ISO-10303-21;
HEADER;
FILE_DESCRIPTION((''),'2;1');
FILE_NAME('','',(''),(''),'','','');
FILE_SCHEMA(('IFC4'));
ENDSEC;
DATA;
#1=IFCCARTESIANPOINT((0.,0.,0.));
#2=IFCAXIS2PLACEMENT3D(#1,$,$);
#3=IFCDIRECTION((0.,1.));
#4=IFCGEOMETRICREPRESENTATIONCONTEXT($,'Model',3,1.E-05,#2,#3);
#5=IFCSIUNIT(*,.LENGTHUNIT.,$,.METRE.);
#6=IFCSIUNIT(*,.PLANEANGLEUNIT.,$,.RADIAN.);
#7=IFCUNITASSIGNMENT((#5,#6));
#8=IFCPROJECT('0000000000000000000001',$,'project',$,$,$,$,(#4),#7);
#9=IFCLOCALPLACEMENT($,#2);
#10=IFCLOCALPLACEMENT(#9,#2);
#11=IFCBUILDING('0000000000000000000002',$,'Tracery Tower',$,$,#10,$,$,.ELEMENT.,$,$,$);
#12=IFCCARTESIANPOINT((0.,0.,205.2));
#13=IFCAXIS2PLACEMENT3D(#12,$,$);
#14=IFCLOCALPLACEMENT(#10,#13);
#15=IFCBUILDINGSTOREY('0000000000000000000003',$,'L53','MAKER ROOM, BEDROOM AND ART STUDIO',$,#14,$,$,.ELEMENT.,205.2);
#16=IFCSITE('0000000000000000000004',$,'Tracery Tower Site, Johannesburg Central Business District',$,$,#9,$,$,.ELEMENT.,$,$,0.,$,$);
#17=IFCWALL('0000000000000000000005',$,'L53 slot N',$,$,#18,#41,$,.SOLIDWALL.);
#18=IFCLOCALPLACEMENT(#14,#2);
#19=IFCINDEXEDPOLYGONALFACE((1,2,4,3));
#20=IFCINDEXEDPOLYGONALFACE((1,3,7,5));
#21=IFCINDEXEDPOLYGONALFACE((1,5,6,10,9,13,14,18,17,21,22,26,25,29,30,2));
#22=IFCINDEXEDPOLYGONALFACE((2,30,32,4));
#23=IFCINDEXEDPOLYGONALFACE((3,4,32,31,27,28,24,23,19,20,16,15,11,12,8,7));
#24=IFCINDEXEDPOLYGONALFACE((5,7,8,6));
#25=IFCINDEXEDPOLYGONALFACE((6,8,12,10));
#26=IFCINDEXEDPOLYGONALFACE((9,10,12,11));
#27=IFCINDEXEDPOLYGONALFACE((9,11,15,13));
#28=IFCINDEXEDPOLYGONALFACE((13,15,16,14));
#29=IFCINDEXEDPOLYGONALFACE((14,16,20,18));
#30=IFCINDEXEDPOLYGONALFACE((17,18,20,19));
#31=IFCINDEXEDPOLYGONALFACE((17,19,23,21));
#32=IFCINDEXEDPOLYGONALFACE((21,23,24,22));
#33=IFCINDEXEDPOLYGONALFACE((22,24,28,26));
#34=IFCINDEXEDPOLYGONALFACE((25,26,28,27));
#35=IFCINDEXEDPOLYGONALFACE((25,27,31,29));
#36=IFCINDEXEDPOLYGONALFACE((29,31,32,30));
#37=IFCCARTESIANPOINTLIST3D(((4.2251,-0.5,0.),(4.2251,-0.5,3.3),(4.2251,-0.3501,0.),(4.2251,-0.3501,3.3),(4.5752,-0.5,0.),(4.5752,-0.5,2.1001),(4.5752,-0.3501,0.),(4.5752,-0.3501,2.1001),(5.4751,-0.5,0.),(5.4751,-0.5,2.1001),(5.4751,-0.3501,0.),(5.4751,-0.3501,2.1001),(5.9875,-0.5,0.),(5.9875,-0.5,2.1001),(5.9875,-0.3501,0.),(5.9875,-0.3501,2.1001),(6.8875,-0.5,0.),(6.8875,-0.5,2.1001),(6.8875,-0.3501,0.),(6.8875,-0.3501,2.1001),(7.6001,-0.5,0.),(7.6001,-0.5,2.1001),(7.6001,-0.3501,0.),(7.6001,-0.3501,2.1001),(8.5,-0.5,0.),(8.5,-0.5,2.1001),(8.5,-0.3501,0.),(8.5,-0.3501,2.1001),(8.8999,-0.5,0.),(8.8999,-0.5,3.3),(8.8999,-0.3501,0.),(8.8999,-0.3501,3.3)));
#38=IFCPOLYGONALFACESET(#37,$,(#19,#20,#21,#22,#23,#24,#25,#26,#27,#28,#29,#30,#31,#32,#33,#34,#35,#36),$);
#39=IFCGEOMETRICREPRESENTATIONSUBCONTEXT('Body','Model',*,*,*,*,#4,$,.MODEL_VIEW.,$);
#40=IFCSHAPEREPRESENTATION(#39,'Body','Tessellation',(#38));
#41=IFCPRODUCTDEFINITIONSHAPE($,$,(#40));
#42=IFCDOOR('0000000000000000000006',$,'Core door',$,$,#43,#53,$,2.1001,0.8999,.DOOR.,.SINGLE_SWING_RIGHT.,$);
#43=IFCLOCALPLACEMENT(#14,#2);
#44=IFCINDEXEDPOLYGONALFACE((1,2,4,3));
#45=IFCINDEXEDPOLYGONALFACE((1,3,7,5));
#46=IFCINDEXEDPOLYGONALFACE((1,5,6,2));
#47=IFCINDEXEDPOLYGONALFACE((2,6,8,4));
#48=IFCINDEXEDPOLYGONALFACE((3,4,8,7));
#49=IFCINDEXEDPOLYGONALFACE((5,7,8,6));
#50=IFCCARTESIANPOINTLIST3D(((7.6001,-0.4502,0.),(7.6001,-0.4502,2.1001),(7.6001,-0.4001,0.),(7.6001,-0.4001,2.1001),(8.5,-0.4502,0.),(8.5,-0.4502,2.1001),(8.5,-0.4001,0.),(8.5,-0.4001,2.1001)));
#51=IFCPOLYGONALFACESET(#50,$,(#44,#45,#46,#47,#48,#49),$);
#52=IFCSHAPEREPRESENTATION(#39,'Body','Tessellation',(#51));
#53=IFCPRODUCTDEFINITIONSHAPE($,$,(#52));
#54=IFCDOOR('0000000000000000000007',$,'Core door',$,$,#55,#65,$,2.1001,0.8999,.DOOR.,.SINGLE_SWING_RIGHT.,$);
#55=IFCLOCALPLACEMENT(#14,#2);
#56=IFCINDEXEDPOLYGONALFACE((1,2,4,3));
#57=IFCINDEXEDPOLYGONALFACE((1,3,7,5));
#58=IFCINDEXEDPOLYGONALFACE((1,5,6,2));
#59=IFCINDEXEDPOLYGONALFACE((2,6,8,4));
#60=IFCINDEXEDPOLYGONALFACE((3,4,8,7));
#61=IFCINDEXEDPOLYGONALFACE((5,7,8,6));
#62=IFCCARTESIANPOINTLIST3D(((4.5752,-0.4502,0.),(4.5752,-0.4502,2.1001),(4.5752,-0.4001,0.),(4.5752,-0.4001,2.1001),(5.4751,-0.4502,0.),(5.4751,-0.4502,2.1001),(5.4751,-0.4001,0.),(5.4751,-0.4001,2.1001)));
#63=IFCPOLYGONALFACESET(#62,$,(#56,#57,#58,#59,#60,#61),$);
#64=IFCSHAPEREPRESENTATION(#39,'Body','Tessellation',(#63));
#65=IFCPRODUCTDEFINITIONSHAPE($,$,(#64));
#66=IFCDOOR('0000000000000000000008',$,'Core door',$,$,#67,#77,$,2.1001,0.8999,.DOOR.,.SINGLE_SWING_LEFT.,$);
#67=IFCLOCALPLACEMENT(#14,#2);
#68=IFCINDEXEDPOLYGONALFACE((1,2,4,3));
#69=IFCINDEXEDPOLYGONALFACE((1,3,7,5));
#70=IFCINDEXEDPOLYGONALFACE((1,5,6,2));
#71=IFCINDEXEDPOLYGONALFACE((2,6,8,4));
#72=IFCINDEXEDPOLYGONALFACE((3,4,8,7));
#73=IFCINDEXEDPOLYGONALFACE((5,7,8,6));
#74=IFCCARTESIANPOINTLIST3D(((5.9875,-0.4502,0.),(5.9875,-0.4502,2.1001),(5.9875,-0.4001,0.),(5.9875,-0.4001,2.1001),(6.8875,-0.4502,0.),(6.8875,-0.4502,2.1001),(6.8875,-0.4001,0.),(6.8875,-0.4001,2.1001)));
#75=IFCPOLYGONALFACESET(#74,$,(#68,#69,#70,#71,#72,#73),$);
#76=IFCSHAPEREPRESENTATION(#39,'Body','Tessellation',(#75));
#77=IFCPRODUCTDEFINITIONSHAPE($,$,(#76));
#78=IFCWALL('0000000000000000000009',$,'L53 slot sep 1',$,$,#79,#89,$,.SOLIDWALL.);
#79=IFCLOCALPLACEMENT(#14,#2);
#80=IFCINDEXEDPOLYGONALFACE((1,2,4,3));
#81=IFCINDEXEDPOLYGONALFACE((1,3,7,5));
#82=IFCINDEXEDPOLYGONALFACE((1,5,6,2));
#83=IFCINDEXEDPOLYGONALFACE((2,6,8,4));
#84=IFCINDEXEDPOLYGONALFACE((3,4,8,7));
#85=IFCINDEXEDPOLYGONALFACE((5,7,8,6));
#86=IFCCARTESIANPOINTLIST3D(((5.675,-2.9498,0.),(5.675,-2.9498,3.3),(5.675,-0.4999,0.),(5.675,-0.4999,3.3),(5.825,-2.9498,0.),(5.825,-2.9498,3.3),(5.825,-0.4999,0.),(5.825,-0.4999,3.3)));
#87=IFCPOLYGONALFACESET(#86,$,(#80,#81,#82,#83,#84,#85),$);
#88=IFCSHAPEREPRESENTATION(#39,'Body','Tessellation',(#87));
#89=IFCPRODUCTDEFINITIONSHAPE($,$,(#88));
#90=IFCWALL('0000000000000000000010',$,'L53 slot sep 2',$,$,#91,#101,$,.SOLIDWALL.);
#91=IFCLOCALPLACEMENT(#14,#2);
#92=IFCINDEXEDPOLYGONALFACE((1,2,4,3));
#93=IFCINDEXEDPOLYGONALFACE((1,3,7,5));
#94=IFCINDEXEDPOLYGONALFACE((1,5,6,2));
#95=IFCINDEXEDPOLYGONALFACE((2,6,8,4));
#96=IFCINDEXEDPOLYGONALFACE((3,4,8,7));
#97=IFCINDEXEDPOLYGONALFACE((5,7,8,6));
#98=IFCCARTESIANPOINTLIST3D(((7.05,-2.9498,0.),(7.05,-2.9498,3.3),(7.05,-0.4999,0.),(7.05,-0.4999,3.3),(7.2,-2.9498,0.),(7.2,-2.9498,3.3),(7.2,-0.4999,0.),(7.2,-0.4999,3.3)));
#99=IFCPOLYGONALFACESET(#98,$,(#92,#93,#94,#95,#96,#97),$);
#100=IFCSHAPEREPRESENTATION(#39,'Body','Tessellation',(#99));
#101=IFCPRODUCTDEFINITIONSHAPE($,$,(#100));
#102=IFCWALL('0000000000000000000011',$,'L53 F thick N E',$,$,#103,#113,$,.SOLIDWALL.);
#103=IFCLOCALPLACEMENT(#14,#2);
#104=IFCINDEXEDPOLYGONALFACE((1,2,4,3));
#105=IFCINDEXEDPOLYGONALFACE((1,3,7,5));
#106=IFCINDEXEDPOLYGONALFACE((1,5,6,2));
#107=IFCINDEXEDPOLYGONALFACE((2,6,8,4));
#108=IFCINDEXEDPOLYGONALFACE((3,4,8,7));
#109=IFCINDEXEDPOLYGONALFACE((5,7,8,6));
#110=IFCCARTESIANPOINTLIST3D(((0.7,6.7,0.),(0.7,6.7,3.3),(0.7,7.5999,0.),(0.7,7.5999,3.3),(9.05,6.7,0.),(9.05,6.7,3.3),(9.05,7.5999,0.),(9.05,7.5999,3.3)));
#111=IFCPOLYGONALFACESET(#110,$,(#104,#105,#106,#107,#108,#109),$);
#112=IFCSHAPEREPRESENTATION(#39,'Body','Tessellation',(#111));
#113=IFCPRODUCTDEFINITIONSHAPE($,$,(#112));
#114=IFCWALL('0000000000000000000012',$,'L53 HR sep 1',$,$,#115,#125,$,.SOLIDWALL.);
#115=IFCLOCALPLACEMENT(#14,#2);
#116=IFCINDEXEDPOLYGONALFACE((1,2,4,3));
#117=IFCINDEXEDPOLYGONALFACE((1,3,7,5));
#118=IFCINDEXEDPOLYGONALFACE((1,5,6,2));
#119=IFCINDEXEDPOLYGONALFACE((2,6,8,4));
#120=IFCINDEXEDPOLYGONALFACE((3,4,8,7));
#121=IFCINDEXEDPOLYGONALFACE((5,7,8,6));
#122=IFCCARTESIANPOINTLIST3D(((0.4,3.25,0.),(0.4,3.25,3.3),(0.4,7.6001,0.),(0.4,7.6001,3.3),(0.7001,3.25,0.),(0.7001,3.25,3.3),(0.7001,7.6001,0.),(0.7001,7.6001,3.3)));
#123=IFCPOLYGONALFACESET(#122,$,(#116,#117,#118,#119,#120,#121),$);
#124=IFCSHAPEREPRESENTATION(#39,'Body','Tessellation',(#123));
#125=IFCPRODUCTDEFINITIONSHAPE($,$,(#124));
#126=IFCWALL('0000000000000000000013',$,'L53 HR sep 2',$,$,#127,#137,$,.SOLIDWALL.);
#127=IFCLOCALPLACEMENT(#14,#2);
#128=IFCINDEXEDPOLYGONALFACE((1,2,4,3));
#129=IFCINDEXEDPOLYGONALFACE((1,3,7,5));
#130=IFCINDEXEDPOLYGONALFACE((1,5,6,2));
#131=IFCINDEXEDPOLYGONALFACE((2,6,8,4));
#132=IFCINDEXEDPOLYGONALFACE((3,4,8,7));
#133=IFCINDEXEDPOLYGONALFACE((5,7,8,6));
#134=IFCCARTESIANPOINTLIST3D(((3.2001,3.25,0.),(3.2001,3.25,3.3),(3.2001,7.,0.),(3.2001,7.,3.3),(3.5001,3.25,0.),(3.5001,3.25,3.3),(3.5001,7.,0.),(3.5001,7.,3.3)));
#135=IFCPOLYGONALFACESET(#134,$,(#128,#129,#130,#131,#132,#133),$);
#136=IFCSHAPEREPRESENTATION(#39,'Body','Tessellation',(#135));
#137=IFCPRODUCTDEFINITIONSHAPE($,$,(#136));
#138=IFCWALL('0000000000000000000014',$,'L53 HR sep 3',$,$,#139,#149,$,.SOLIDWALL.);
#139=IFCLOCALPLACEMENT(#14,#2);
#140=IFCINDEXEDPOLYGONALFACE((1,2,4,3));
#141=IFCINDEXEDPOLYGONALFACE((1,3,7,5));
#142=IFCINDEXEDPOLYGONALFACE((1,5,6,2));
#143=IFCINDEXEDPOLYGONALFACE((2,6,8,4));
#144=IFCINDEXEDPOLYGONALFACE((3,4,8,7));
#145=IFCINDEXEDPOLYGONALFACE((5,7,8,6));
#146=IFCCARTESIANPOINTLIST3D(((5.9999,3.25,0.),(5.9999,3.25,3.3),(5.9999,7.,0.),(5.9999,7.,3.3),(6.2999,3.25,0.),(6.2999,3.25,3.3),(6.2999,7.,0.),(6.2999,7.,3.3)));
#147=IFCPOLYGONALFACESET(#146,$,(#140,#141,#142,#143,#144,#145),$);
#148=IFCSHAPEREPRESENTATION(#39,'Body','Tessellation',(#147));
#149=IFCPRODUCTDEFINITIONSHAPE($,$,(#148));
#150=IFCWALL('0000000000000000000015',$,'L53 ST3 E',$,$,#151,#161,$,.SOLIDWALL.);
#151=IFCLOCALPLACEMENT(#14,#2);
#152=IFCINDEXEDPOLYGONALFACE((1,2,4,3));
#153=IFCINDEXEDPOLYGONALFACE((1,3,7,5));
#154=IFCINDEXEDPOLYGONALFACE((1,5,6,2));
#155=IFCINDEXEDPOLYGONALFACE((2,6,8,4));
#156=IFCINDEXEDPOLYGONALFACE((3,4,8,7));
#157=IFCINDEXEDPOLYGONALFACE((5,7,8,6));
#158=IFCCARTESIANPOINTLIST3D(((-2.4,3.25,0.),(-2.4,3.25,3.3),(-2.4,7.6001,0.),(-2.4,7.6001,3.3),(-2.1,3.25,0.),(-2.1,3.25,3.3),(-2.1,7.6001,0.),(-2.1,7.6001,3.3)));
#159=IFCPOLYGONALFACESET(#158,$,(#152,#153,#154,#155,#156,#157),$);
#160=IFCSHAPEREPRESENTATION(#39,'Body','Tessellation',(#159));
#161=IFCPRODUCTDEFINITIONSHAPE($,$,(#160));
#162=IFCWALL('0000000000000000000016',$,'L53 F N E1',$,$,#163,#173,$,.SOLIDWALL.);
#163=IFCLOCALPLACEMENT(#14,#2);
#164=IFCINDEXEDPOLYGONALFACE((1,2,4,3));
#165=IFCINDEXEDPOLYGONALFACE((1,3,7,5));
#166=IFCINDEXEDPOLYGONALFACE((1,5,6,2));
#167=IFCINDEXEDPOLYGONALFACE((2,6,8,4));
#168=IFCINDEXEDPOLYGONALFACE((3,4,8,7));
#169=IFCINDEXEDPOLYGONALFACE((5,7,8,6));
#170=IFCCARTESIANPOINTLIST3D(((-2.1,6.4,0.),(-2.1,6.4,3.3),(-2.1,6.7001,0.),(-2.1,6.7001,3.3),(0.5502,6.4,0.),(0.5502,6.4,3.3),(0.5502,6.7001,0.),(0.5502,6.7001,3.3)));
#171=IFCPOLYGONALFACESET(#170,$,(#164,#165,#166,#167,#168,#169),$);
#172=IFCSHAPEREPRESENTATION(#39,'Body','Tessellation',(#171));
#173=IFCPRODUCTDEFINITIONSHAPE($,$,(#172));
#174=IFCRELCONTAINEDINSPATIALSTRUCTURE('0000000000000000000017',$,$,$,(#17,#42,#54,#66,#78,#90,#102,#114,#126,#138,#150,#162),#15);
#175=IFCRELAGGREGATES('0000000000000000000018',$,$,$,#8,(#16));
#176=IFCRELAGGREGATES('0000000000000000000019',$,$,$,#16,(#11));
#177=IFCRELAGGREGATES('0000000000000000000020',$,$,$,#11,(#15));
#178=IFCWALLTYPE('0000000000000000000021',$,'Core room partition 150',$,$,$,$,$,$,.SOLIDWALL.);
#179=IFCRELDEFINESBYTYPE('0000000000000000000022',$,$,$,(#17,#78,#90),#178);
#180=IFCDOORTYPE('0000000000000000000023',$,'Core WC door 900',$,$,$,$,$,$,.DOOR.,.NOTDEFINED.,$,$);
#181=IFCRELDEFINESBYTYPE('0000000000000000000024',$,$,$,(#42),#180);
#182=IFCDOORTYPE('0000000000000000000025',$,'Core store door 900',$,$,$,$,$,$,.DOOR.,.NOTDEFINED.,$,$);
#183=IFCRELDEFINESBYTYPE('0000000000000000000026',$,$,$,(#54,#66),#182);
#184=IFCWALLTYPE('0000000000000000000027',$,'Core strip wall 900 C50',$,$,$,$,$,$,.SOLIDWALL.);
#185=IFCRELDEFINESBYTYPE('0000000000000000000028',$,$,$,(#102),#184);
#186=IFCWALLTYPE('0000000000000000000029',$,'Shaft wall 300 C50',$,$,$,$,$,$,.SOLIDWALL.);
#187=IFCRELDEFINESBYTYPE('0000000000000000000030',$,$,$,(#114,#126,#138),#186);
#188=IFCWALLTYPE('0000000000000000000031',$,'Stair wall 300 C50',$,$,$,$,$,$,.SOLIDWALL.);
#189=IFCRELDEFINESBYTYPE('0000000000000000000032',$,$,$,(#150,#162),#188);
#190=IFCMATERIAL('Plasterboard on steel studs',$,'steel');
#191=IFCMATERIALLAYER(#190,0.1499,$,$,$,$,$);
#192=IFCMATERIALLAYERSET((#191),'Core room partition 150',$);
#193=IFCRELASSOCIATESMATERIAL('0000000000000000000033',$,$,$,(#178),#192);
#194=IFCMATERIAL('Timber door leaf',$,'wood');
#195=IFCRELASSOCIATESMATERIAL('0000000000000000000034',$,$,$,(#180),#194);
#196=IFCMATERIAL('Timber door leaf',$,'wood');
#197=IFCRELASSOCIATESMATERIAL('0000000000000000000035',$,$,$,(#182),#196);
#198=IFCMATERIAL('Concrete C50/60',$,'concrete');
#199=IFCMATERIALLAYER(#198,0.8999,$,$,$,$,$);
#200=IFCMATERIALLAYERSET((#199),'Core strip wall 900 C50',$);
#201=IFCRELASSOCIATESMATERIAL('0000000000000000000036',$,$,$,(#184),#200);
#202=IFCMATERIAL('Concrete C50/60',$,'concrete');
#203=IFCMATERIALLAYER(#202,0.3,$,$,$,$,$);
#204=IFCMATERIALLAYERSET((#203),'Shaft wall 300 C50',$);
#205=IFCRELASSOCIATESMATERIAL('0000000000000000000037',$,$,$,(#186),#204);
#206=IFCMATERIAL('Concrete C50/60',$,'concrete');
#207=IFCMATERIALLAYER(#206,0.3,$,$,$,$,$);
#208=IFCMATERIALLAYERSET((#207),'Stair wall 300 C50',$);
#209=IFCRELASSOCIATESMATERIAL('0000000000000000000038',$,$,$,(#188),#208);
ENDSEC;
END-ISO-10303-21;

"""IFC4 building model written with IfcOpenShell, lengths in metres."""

from ifc_helpers import new_model, si_unit, direction, frame, frame_2d, origin, place, context, subcontext, project, spatial, rectangle, extrude, material, layer, layer_set, type_object, element, fill, save


model = new_model("IFC4")

# Units and contexts
model_context = context("Model", 3, precision=1e-05, world=origin(), true_north=direction((0.0, 1.0)))
body_context = subcontext(model_context, "Body", "Model", "MODEL_VIEW")
ifc_project = project(units=[si_unit("LENGTHUNIT", "METRE"), si_unit("PLANEANGLEUNIT", "RADIAN")], contexts=[model_context])

# Site, building, storey
site_placement = place(None, origin())
site = spatial("IfcSite", under=ifc_project, at=site_placement, Name="Tracery Tower Site, Johannesburg Central Business District", CompositionType="ELEMENT", RefElevation=0.0)
building_placement = place(site_placement, origin())
building = spatial("IfcBuilding", under=site, at=building_placement, Name="Tracery Tower", CompositionType="ELEMENT")
storey_placement = place(building_placement, frame((0.0, 0.0, 205.2)))
storey = spatial("IfcBuildingStorey", under=building, at=storey_placement, Name="L53", Description="MAKER ROOM, BEDROOM AND ART STUDIO", CompositionType="ELEMENT", Elevation=205.2)

# Wall, openings, doors
ifc_material_1 = material(Name="Plasterboard on steel studs", Category="steel")
ifc_layer_1 = layer(ifc_material_1, 0.1499)
ifc_layer_set_1 = layer_set([ifc_layer_1], Name="Core room partition 150")
wall_type_1 = type_object("IfcWallType", Name="Core room partition 150", PredefinedType="SOLIDWALL", material=ifc_layer_set_1)
wall_1_placement = place(storey_placement, frame((4.2251, -0.425, 0.0), z_axis=(0.0, 0.0, 1.0), x_axis=(1.0, 0.0, 0.0)))
wall_1 = element("IfcWall", 1, at=wall_1_placement, inside=storey, type_object=wall_type_1, Name="L53 slot N", PredefinedType="SOLIDWALL", context=body_context, shape_type="SweptSolid", body=[
    extrude(rectangle(XDim=4.6748, YDim=0.1499, at=frame_2d((2.3374, 0.0))), origin(), (0.0, 0.0, 1.0), 3.3),
])
opening_1_placement = place(wall_1_placement, frame((0.3501, 0.0, 0.0)))
opening_1 = element("IfcOpeningElement", 2, at=opening_1_placement, cuts=wall_1, PredefinedType="OPENING", context=body_context, shape_type="SweptSolid", body=[
    extrude(rectangle(XDim=0.8999, YDim=2.1001, at=frame_2d((0.45, 1.05))), frame((0.0, 0.075, 0.0), z_axis=(0.0, -1.0, 0.0), x_axis=(1.0, 0.0, 0.0)), (0.0, 0.0, 1.0), 0.1499),
])
opening_2_placement = place(wall_1_placement, frame((1.7625, 0.0, 0.0)))
opening_2 = element("IfcOpeningElement", 3, at=opening_2_placement, cuts=wall_1, PredefinedType="OPENING", context=body_context, shape_type="SweptSolid", body=[
    extrude(rectangle(XDim=0.8999, YDim=2.1001, at=frame_2d((0.45, 1.05))), frame((0.0, 0.075, 0.0), z_axis=(0.0, -1.0, 0.0), x_axis=(1.0, 0.0, 0.0)), (0.0, 0.0, 1.0), 0.1499),
])
opening_3_placement = place(wall_1_placement, frame((3.375, 0.0, 0.0)))
opening_3 = element("IfcOpeningElement", 4, at=opening_3_placement, cuts=wall_1, PredefinedType="OPENING", context=body_context, shape_type="SweptSolid", body=[
    extrude(rectangle(XDim=0.8999, YDim=2.1001, at=frame_2d((0.45, 1.05))), frame((0.0, 0.075, 0.0), z_axis=(0.0, -1.0, 0.0), x_axis=(1.0, 0.0, 0.0)), (0.0, 0.0, 1.0), 0.1499),
])
ifc_material_2 = material(Name="Timber door leaf", Category="wood")
door_type_1 = type_object("IfcDoorType", Name="Core WC door 900", OperationType="NOTDEFINED", PredefinedType="DOOR", material=ifc_material_2)
door_1_placement = place(opening_3_placement, origin())
door_1 = element("IfcDoor", 5, at=door_1_placement, inside=storey, type_object=door_type_1, Name="Core door", OperationType="SINGLE_SWING_RIGHT", OverallHeight=2.1001, OverallWidth=0.8999, PredefinedType="DOOR", context=body_context, shape_type="SweptSolid", body=[
    extrude(rectangle(XDim=0.8999, YDim=2.1001, at=frame_2d((0.45, 1.05))), frame((0.0, 0.0249, 0.0), z_axis=(0.0, -1.0, 0.0), x_axis=(1.0, 0.0, 0.0)), (0.0, 0.0, 1.0), 0.05),
])
fill(opening_3, door_1)
ifc_material_3 = material(Name="Timber door leaf", Category="wood")
door_type_2 = type_object("IfcDoorType", Name="Core store door 900", OperationType="NOTDEFINED", PredefinedType="DOOR", material=ifc_material_3)
door_2_placement = place(opening_1_placement, origin())
door_2 = element("IfcDoor", 6, at=door_2_placement, inside=storey, type_object=door_type_2, Name="Core door", OperationType="SINGLE_SWING_RIGHT", OverallHeight=2.1001, OverallWidth=0.8999, PredefinedType="DOOR", context=body_context, shape_type="SweptSolid", body=[
    extrude(rectangle(XDim=0.8999, YDim=2.1001, at=frame_2d((0.45, 1.05))), frame((0.0, 0.0249, 0.0), z_axis=(0.0, -1.0, 0.0), x_axis=(1.0, 0.0, 0.0)), (0.0, 0.0, 1.0), 0.05),
])
fill(opening_1, door_2)
door_3_placement = place(opening_2_placement, origin())
door_3 = element("IfcDoor", 7, at=door_3_placement, inside=storey, type_object=door_type_2, Name="Core door", OperationType="SINGLE_SWING_LEFT", OverallHeight=2.1001, OverallWidth=0.8999, PredefinedType="DOOR", context=body_context, shape_type="SweptSolid", body=[
    extrude(rectangle(XDim=0.8999, YDim=2.1001, at=frame_2d((0.45, 1.05))), frame((0.0, 0.0249, 0.0), z_axis=(0.0, -1.0, 0.0), x_axis=(1.0, 0.0, 0.0)), (0.0, 0.0, 1.0), 0.05),
])
fill(opening_2, door_3)

# Walls
for number, where, z_axis, x_axis, name in (
    (8, (5.75, -2.95, 0.0), (0.0, 0.0, 1.0), (0.0, 1.0, 0.0), "L53 slot sep 1"),
    (9, (7.125, -2.95, 0.0), (0.0, 0.0, 1.0), (0.0, 1.0, 0.0), "L53 slot sep 2"),
):
    element("IfcWall", number, at=place(storey_placement, frame(where, z_axis=z_axis, x_axis=x_axis)), inside=storey, type_object=wall_type_1, Name=name, PredefinedType="SOLIDWALL", context=body_context, shape_type="SweptSolid", body=[
        extrude(rectangle(XDim=2.45, YDim=0.1499, at=frame_2d((1.2251, 0.0))), origin(), (0.0, 0.0, 1.0), 3.3),
    ])
ifc_material_4 = material(Name="Concrete C50/60", Category="concrete")
ifc_layer_2 = layer(ifc_material_4, 0.8999)
ifc_layer_set_2 = layer_set([ifc_layer_2], Name="Core strip wall 900 C50")
wall_type_2 = type_object("IfcWallType", Name="Core strip wall 900 C50", PredefinedType="SOLIDWALL", material=ifc_layer_set_2)
wall_2_placement = place(storey_placement, frame((0.7, 7.1499, 0.0), z_axis=(0.0, 0.0, 1.0), x_axis=(1.0, 0.0, 0.0)))
element("IfcWall", 10, at=wall_2_placement, inside=storey, type_object=wall_type_2, Name="L53 F thick N E", PredefinedType="SOLIDWALL", context=body_context, shape_type="SweptSolid", body=[
    extrude(rectangle(XDim=8.3501, YDim=0.8999, at=frame_2d((4.175, 0.0))), origin(), (0.0, 0.0, 1.0), 3.3),
])
ifc_material_5 = material(Name="Concrete C50/60", Category="concrete")
ifc_layer_3 = layer(ifc_material_5, 0.3)
ifc_layer_set_3 = layer_set([ifc_layer_3], Name="Shaft wall 300 C50")
wall_type_3 = type_object("IfcWallType", Name="Shaft wall 300 C50", PredefinedType="SOLIDWALL", material=ifc_layer_set_3)
wall_3_placement = place(storey_placement, frame((0.55, 3.25, 0.0), z_axis=(0.0, 0.0, 1.0), x_axis=(0.0, 1.0, 0.0)))
element("IfcWall", 11, at=wall_3_placement, inside=storey, type_object=wall_type_3, Name="L53 HR sep 1", PredefinedType="SOLIDWALL", context=body_context, shape_type="SweptSolid", body=[
    extrude(rectangle(XDim=4.3501, YDim=0.3, at=frame_2d((2.175, 0.0))), origin(), (0.0, 0.0, 1.0), 3.3),
])
for number, where, z_axis, x_axis, name in (
    (12, (3.3501, 3.25, 0.0), (0.0, 0.0, 1.0), (0.0, 1.0, 0.0), "L53 HR sep 2"),
    (13, (6.1499, 3.25, 0.0), (0.0, 0.0, 1.0), (0.0, 1.0, 0.0), "L53 HR sep 3"),
):
    element("IfcWall", number, at=place(storey_placement, frame(where, z_axis=z_axis, x_axis=x_axis)), inside=storey, type_object=wall_type_3, Name=name, PredefinedType="SOLIDWALL", context=body_context, shape_type="SweptSolid", body=[
        extrude(rectangle(XDim=3.75, YDim=0.3, at=frame_2d((1.875, 0.0))), origin(), (0.0, 0.0, 1.0), 3.3),
    ])

# Walls
ifc_material_6 = material(Name="Concrete C50/60", Category="concrete")
ifc_layer_4 = layer(ifc_material_6, 0.3)
ifc_layer_set_4 = layer_set([ifc_layer_4], Name="Stair wall 300 C50")
wall_type_4 = type_object("IfcWallType", Name="Stair wall 300 C50", PredefinedType="SOLIDWALL", material=ifc_layer_set_4)
wall_4_placement = place(storey_placement, frame((-2.25, 3.25, 0.0), z_axis=(0.0, 0.0, 1.0), x_axis=(0.0, 1.0, 0.0)))
element("IfcWall", 14, at=wall_4_placement, inside=storey, type_object=wall_type_4, Name="L53 ST3 E", PredefinedType="SOLIDWALL", context=body_context, shape_type="SweptSolid", body=[
    extrude(rectangle(XDim=4.3501, YDim=0.3, at=frame_2d((2.175, 0.0))), origin(), (0.0, 0.0, 1.0), 3.3),
])
wall_5_placement = place(storey_placement, frame((-2.1001, 6.55, 0.0), z_axis=(0.0, 0.0, 1.0), x_axis=(1.0, 0.0, 0.0)))
element("IfcWall", 15, at=wall_5_placement, inside=storey, type_object=wall_type_4, Name="L53 F N E1", PredefinedType="SOLIDWALL", context=body_context, shape_type="SweptSolid", body=[
    extrude(rectangle(XDim=2.6501, YDim=0.3, at=frame_2d((1.3252, 0.0))), origin(), (0.0, 0.0, 1.0), 3.3),
])

save(model, "model.ifc")
